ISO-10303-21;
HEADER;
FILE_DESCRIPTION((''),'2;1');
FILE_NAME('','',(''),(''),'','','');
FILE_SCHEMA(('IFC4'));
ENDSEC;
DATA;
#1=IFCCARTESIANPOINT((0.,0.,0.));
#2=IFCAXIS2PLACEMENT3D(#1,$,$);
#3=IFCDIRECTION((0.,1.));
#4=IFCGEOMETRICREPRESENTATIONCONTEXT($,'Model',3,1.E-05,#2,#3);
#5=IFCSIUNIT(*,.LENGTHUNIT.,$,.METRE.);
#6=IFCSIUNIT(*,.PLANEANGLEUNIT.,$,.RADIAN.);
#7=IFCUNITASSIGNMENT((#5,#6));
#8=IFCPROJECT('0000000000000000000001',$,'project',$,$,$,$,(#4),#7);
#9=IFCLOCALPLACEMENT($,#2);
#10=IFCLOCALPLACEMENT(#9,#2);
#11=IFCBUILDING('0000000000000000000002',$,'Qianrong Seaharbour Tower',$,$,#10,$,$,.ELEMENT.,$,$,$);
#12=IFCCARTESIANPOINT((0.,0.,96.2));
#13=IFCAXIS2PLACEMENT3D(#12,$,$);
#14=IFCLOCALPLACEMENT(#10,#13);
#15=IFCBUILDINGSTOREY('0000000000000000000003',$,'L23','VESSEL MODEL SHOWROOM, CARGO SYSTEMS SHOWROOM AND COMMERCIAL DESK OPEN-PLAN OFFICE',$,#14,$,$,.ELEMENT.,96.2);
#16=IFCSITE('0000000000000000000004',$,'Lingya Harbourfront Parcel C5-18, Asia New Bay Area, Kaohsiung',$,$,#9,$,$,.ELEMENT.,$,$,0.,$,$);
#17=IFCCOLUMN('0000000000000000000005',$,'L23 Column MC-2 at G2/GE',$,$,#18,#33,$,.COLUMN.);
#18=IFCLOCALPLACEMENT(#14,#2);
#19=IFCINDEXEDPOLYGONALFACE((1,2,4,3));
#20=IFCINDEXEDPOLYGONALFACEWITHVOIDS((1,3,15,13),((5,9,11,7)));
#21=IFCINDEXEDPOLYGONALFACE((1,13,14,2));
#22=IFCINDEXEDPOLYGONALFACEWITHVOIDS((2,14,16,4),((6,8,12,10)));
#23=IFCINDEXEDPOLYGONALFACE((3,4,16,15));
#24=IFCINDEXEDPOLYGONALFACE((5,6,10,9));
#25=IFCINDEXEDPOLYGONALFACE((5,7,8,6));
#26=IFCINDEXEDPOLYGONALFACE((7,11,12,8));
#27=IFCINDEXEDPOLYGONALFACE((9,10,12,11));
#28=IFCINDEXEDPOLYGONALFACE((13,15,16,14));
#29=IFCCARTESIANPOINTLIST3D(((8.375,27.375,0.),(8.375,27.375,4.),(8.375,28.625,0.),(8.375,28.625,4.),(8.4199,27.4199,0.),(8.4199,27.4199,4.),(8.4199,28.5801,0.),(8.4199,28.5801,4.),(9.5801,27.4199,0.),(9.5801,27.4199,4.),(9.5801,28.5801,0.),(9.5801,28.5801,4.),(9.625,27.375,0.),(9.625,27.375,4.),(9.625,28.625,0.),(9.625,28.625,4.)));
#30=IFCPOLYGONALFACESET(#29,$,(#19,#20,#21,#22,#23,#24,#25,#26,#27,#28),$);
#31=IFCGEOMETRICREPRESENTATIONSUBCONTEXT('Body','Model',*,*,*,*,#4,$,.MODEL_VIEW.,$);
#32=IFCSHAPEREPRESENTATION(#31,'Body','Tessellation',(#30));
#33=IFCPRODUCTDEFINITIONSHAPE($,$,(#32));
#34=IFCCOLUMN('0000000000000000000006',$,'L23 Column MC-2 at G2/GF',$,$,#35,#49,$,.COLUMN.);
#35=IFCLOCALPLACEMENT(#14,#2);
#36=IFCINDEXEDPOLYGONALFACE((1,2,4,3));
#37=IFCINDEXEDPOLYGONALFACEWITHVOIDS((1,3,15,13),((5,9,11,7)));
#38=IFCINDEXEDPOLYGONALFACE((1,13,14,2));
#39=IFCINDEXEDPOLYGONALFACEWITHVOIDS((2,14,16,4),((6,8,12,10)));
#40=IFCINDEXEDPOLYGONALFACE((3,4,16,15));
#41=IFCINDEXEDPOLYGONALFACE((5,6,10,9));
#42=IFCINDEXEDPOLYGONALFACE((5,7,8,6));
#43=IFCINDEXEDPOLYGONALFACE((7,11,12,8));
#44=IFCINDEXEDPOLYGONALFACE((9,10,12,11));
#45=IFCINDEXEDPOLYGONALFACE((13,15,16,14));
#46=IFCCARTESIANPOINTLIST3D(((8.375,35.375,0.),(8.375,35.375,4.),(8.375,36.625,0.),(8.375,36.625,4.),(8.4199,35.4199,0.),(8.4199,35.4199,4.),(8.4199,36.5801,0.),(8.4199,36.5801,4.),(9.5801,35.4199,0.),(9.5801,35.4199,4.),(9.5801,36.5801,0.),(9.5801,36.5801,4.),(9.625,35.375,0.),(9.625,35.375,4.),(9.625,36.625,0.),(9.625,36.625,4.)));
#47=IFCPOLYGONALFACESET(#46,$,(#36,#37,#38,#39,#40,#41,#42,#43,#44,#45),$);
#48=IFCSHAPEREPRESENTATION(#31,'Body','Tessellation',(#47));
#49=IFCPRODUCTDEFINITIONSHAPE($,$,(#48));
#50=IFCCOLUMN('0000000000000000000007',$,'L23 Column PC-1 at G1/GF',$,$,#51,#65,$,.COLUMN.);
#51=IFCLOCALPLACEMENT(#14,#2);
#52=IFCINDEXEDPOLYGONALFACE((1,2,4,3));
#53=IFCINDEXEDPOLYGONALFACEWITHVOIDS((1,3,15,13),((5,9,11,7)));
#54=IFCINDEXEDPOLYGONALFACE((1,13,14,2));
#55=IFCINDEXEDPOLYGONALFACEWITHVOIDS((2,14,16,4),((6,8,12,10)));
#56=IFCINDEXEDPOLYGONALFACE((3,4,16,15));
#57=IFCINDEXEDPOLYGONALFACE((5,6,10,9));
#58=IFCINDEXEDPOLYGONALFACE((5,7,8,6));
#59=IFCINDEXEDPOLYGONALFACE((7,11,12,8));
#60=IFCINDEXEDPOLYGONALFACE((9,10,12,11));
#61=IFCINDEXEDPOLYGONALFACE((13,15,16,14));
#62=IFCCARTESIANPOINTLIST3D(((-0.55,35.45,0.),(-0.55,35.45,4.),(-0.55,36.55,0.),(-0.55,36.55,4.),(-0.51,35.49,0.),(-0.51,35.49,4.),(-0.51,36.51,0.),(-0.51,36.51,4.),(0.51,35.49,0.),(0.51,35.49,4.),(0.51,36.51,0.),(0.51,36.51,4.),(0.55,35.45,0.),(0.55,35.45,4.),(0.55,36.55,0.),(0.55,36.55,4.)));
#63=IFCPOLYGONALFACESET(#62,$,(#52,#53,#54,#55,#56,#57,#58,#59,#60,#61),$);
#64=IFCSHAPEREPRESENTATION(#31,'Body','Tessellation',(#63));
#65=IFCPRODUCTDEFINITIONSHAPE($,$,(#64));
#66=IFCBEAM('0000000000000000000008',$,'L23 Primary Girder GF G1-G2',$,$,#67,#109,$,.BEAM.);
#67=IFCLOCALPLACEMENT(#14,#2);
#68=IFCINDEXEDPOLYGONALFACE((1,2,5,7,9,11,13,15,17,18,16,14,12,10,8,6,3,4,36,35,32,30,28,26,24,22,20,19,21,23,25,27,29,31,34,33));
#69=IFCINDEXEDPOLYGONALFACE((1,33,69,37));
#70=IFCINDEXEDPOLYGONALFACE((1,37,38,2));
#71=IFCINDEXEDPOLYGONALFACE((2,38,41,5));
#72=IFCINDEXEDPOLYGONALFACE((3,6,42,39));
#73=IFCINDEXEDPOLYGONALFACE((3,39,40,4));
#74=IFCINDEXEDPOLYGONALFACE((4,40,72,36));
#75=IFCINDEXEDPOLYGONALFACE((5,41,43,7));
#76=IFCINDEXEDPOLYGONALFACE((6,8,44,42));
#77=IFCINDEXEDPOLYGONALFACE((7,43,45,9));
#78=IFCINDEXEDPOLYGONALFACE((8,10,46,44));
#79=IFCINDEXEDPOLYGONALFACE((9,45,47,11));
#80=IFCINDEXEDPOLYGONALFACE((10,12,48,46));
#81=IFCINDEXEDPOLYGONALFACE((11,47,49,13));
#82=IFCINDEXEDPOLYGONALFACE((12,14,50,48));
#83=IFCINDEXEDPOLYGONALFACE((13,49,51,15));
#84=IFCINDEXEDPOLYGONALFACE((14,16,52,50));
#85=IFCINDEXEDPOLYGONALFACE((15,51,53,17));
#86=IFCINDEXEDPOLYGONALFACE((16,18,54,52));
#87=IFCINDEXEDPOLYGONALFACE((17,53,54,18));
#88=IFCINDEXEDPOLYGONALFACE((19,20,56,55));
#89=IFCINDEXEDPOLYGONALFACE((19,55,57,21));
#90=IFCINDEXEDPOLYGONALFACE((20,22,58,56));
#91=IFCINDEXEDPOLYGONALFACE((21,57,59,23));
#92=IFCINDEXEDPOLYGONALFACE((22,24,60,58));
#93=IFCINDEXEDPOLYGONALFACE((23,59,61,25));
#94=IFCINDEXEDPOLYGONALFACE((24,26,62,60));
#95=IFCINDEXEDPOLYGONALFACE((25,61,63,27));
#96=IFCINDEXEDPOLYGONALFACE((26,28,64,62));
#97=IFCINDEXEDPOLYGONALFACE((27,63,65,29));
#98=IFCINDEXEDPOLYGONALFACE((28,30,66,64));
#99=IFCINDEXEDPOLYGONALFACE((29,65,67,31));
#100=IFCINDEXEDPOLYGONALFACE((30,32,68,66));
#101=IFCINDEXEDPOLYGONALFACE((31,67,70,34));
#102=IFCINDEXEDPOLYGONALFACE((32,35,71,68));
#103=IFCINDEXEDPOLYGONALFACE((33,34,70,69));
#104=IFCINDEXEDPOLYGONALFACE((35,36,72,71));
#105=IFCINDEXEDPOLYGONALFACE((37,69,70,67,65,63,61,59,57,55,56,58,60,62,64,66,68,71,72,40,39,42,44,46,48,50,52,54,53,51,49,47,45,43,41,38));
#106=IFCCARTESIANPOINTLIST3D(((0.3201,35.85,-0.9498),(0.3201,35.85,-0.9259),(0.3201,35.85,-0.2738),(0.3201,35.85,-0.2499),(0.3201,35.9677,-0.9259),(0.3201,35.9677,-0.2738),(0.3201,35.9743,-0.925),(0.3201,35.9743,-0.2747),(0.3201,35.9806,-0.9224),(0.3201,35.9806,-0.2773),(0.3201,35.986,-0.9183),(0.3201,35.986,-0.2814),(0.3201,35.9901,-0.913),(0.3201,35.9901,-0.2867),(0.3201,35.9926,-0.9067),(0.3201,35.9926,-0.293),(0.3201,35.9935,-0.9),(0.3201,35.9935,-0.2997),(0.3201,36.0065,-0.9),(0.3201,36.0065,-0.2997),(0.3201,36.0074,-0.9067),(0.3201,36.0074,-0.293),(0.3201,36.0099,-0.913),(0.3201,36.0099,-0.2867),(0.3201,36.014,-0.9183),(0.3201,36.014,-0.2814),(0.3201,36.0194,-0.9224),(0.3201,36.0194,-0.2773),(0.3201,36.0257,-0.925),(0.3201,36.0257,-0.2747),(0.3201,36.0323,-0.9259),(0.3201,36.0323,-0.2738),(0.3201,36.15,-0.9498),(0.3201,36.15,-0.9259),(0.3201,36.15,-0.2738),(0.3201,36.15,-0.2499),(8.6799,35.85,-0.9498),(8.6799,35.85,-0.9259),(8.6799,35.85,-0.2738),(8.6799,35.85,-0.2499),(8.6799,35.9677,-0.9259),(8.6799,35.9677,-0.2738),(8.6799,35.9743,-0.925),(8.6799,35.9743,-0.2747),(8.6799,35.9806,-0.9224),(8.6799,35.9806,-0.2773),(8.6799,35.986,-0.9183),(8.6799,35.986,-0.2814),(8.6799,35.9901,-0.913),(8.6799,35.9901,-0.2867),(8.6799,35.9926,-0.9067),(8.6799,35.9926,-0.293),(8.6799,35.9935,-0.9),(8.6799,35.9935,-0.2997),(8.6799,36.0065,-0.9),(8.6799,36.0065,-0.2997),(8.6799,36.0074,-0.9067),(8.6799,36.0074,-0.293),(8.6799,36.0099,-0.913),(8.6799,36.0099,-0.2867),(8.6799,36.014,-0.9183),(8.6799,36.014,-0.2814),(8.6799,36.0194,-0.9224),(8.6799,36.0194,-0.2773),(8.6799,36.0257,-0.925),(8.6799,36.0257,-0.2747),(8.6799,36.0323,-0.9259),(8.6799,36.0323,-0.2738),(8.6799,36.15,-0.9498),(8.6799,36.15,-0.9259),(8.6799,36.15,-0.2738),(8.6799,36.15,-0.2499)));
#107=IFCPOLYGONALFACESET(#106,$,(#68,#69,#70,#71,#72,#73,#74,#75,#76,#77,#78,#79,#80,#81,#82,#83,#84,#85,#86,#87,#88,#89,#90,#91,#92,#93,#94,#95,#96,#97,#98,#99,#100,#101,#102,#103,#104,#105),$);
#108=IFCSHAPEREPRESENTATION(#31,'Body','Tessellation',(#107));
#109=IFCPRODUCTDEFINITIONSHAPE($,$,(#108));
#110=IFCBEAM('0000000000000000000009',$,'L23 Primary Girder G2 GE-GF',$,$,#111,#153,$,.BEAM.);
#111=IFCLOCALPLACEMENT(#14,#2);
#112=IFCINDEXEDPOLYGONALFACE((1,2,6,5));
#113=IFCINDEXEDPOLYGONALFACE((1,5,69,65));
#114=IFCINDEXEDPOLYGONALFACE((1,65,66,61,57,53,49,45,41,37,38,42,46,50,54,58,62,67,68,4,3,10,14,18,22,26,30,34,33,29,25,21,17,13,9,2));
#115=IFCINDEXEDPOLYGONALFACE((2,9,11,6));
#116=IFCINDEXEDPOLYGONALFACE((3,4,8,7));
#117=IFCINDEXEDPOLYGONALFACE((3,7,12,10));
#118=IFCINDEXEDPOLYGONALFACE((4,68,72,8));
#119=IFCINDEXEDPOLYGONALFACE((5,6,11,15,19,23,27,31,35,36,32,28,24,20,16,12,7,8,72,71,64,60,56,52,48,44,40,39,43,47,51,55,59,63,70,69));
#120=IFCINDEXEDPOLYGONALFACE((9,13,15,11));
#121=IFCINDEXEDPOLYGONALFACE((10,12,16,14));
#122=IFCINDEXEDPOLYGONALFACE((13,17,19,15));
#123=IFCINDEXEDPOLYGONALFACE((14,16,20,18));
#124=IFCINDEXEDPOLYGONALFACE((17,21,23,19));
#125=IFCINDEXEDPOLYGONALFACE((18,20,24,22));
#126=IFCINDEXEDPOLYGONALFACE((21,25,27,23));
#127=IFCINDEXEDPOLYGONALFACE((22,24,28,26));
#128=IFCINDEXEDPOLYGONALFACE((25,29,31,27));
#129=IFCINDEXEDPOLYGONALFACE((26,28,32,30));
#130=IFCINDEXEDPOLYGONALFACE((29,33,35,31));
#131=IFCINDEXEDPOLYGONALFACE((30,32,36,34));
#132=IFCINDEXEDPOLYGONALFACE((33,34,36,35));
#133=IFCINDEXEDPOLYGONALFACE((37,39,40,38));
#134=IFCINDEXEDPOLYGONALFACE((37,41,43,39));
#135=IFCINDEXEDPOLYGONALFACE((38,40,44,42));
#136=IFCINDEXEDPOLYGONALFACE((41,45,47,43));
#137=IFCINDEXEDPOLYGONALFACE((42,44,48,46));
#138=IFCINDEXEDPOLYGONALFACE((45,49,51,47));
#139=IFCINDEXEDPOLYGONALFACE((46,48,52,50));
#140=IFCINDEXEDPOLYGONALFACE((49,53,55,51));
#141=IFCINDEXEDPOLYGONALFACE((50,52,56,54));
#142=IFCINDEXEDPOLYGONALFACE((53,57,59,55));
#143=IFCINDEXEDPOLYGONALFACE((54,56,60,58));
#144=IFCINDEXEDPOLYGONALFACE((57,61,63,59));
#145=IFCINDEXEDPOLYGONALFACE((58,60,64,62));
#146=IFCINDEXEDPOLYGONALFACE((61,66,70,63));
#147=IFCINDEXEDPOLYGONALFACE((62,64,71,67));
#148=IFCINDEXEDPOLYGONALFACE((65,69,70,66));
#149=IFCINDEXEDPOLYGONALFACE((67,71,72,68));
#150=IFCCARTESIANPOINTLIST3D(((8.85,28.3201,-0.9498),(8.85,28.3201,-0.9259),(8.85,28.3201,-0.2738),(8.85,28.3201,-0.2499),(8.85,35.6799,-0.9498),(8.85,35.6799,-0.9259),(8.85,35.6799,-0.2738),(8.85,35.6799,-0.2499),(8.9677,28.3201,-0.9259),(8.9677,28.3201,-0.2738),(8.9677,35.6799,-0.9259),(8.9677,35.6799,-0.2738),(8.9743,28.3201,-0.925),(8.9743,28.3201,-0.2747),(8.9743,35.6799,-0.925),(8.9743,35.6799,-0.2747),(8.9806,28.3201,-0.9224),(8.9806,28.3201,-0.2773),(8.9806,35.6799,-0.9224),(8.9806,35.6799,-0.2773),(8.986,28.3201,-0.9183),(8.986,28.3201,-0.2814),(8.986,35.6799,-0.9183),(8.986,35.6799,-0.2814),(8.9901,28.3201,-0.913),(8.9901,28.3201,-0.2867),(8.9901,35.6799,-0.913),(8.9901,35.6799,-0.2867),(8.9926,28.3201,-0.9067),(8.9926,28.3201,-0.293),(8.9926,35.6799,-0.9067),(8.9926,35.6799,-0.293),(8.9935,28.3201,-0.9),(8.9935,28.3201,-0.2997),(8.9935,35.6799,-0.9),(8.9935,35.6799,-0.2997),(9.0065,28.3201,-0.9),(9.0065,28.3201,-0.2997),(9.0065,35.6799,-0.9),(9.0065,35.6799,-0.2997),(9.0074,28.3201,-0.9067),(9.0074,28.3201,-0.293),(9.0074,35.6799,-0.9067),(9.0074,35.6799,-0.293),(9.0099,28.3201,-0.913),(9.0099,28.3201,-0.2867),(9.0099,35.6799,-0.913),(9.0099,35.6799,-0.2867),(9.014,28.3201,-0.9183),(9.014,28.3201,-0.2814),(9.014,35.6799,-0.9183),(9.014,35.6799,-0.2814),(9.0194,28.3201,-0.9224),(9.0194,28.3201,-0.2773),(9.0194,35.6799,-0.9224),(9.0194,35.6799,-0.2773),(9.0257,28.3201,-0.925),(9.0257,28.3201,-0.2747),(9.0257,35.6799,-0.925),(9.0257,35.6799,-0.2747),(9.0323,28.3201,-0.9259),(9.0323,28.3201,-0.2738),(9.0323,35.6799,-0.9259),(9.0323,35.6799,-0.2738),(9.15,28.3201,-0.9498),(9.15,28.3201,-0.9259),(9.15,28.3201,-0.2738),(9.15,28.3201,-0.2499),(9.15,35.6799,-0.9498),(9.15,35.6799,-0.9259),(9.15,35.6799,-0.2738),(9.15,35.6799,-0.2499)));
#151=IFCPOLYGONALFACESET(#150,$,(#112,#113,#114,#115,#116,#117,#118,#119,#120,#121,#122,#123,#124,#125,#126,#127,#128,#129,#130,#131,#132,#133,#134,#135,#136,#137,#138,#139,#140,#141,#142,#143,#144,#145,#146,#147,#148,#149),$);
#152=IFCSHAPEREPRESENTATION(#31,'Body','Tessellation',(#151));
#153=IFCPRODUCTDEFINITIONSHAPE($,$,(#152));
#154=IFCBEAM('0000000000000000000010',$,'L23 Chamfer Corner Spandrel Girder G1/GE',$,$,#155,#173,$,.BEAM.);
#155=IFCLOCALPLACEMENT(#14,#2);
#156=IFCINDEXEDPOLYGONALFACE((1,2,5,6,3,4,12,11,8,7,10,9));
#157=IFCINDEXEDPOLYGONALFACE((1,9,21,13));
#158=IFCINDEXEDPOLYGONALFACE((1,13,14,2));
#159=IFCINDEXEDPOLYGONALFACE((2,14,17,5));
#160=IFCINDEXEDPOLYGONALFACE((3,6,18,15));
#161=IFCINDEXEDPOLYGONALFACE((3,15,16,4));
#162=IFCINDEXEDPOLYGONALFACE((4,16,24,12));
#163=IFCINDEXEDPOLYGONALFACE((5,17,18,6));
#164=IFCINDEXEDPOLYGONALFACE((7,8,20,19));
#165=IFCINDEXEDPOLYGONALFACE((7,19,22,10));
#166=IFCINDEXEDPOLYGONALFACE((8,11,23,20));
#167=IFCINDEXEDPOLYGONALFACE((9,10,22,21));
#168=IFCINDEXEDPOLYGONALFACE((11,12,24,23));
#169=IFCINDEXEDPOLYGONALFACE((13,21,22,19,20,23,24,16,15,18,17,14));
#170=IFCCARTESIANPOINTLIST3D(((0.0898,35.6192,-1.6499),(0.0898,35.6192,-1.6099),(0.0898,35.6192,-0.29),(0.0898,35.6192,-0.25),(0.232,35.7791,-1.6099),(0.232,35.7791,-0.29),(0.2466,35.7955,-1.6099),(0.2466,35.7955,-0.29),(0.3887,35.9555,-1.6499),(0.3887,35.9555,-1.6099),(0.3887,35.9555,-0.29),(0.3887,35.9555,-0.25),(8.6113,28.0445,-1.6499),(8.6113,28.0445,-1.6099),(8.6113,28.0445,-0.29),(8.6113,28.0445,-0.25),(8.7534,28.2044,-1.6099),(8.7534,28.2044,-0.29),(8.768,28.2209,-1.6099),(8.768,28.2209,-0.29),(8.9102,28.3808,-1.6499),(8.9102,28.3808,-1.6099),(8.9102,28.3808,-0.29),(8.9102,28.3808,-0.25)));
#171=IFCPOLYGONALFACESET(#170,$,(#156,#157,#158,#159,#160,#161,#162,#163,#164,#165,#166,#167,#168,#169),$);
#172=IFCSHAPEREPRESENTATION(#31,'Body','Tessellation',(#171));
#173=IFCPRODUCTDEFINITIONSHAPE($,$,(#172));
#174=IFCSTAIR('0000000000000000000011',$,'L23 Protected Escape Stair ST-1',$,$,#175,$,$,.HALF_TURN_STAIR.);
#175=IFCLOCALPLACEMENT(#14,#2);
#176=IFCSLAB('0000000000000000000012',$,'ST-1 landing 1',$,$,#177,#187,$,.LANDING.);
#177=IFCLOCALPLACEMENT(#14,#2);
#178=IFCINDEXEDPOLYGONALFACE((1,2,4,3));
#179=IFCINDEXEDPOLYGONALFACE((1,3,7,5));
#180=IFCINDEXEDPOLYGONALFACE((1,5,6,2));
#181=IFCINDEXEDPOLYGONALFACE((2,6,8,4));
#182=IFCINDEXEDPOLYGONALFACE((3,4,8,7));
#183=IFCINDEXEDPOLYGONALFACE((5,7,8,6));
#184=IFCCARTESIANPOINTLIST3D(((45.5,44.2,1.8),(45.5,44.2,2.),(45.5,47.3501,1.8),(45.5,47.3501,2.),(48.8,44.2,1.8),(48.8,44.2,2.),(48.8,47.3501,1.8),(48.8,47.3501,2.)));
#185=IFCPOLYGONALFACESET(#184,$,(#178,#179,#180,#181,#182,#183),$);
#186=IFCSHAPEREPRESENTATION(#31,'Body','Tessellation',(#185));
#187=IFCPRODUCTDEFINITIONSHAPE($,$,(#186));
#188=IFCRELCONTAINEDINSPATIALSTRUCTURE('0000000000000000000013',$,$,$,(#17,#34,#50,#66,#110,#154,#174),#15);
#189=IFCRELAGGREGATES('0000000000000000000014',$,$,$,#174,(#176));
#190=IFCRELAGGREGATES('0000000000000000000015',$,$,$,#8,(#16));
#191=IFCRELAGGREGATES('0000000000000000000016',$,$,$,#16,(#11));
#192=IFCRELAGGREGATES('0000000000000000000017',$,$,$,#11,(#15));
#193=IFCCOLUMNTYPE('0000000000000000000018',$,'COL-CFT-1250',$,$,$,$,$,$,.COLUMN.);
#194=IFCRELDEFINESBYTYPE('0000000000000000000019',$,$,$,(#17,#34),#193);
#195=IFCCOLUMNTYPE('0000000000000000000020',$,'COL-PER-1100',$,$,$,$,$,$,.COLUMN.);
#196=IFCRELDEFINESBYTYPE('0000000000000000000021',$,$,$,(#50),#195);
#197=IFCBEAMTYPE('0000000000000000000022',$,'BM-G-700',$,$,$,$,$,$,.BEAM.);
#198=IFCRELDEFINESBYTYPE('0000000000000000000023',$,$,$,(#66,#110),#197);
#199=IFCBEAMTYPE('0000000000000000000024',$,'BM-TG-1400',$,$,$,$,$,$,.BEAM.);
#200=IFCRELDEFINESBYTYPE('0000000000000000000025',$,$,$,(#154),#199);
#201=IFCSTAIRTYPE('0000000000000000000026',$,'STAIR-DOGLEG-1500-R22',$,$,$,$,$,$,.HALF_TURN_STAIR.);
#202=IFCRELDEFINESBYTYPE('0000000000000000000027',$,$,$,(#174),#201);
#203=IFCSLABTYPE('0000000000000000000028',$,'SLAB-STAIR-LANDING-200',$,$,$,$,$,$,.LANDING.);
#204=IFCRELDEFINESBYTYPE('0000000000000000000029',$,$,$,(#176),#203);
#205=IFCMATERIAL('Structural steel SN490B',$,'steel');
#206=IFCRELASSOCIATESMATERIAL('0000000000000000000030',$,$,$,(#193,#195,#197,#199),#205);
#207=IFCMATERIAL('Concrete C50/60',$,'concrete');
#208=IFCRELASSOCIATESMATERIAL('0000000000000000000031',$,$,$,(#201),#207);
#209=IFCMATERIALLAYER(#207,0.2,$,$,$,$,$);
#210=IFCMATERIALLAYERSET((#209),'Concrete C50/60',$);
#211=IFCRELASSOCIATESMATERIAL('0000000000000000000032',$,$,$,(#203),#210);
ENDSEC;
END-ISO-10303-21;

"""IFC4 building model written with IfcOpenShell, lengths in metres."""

from ifc_helpers import new_model, si_unit, direction, frame, origin, origin_2d, place, context, subcontext, project, spatial, polyline, hollow_rectangle, i_section, outline, extrude, material, layer, layer_set, material_profile, profile_set, type_object, element, aggregate, save


model = new_model("IFC4")

# Units and contexts
model_context = context("Model", 3, precision=1e-05, world=origin(), true_north=direction((0.0, 1.0)))
body_context = subcontext(model_context, "Body", "Model", "MODEL_VIEW")
ifc_project = project(units=[si_unit("LENGTHUNIT", "METRE"), si_unit("PLANEANGLEUNIT", "RADIAN")], contexts=[model_context])

# Site, building, storey
site_placement = place(None, origin())
site = spatial("IfcSite", under=ifc_project, at=site_placement, Name="Lingya Harbourfront Parcel C5-18, Asia New Bay Area, Kaohsiung", CompositionType="ELEMENT", RefElevation=0.0)
building_placement = place(site_placement, origin())
building = spatial("IfcBuilding", under=site, at=building_placement, Name="Qianrong Seaharbour Tower", CompositionType="ELEMENT")
storey_placement = place(building_placement, frame((0.0, 0.0, 96.2)))
storey = spatial("IfcBuildingStorey", under=building, at=storey_placement, Name="L23", Description="VESSEL MODEL SHOWROOM, CARGO SYSTEMS SHOWROOM AND COMMERCIAL DESK OPEN-PLAN OFFICE", CompositionType="ELEMENT", Elevation=96.2)

# Columns
ifc_material_1 = material(Name="Structural steel SN490B", Category="steel")
ifc_material_profile_1 = material_profile(ifc_material_1, hollow_rectangle(XDim=1.25, YDim=1.25, WallThickness=0.0449, at=origin_2d()), Name="BOX1250x1250x45")
ifc_profile_set_1 = profile_set([ifc_material_profile_1], Name="Structural steel SN490B")
column_type_1 = type_object("IfcColumnType", Name="COL-CFT-1250", PredefinedType="COLUMN", material=ifc_profile_set_1)
for number, where, z_axis, x_axis, name in (
    (1, (9.0, 28.0, 0.0), (0.0, 0.0, 1.0), (1.0, 0.0, 0.0), "L23 Column MC-2 at G2/GE"),
    (2, (9.0, 36.0, 0.0), (0.0, 0.0, 1.0), (1.0, 0.0, 0.0), "L23 Column MC-2 at G2/GF"),
):
    element("IfcColumn", number, at=place(storey_placement, frame(where, z_axis=z_axis, x_axis=x_axis)), inside=storey, type_object=column_type_1, Name=name, PredefinedType="COLUMN", context=body_context, shape_type="SweptSolid", body=[
        extrude(hollow_rectangle(XDim=1.25, YDim=1.25, WallThickness=0.0449, at=origin_2d()), origin(), (0.0, 0.0, 1.0), 4.0),
    ])
ifc_material_profile_2 = material_profile(ifc_material_1, hollow_rectangle(XDim=1.1001, YDim=1.1001, WallThickness=0.04, at=origin_2d()), Name="BOX1100x1100x40")
ifc_profile_set_2 = profile_set([ifc_material_profile_2], Name="Structural steel SN490B")
column_type_2 = type_object("IfcColumnType", Name="COL-PER-1100", PredefinedType="COLUMN", material=ifc_profile_set_2)
column_placement = place(storey_placement, frame((0.0, 36.0, 0.0), z_axis=(0.0, 0.0, 1.0), x_axis=(1.0, 0.0, 0.0)))
element("IfcColumn", 3, at=column_placement, inside=storey, type_object=column_type_2, Name="L23 Column PC-1 at G1/GF", PredefinedType="COLUMN", context=body_context, shape_type="SweptSolid", body=[
    extrude(hollow_rectangle(XDim=1.1001, YDim=1.1001, WallThickness=0.04, at=origin_2d()), origin(), (0.0, 0.0, 1.0), 4.0),
])

# Beams
ifc_material_profile_3 = material_profile(ifc_material_1, i_section(OverallWidth=0.3, OverallDepth=0.7, WebThickness=0.0129, FlangeThickness=0.0239, FilletRadius=0.0259, at=origin_2d()), Name="H700x300x13x24")
ifc_profile_set_3 = profile_set([ifc_material_profile_3], Name="Structural steel SN490B")
beam_type_1 = type_object("IfcBeamType", Name="BM-G-700", PredefinedType="BEAM", material=ifc_profile_set_3)
beam_1_placement = place(storey_placement, frame((0.3201, 36.0, -0.5999), z_axis=(1.0, 0.0, 0.0), x_axis=(0.0, 1.0, 0.0)))
element("IfcBeam", 4, at=beam_1_placement, inside=storey, type_object=beam_type_1, Name="L23 Primary Girder GF G1-G2", PredefinedType="BEAM", context=body_context, shape_type="SweptSolid", body=[
    extrude(i_section(OverallWidth=0.3, OverallDepth=0.7, WebThickness=0.0129, FlangeThickness=0.0239, FilletRadius=0.0259, at=origin_2d()), origin(), (0.0, 0.0, 1.0), 8.3599),
])
beam_2_placement = place(storey_placement, frame((9.0, 28.3201, -0.5999), z_axis=(0.0, 1.0, 0.0), x_axis=(-1.0, 0.0, 0.0)))
element("IfcBeam", 5, at=beam_2_placement, inside=storey, type_object=beam_type_1, Name="L23 Primary Girder G2 GE-GF", PredefinedType="BEAM", context=body_context, shape_type="SweptSolid", body=[
    extrude(i_section(OverallWidth=0.3, OverallDepth=0.7, WebThickness=0.0129, FlangeThickness=0.0239, FilletRadius=0.0259, at=origin_2d()), origin(), (0.0, 0.0, 1.0), 7.3599),
])
ifc_material_profile_4 = material_profile(ifc_material_1, i_section(OverallWidth=0.45, OverallDepth=1.3999, WebThickness=0.022, FlangeThickness=0.04, at=origin_2d()), Name="BH1400x450x22x40")
ifc_profile_set_4 = profile_set([ifc_material_profile_4], Name="Structural steel SN490B")
beam_type_2 = type_object("IfcBeamType", Name="BM-TG-1400", PredefinedType="BEAM", material=ifc_profile_set_4)
beam_3_placement = place(storey_placement, frame((8.7607, 28.2126, -0.95), z_axis=(-0.747407, 0.664366, 0.0), x_axis=(-0.664366, -0.747407, 0.0)))
element("IfcBeam", 6, at=beam_3_placement, inside=storey, type_object=beam_type_2, Name="L23 Chamfer Corner Spandrel Girder G1/GE", PredefinedType="BEAM", context=body_context, shape_type="SweptSolid", body=[
    extrude(i_section(OverallWidth=0.45, OverallDepth=1.3999, WebThickness=0.022, FlangeThickness=0.04, at=origin_2d()), origin(), (0.0, 0.0, 1.0), 11.4014),
])

# Stair, slab
ifc_material_2 = material(Name="Concrete C50/60", Category="concrete")
stair_type = type_object("IfcStairType", Name="STAIR-DOGLEG-1500-R22", PredefinedType="HALF_TURN_STAIR", material=ifc_material_2)
stair_1_placement = place(storey_placement, origin())
stair_1 = element("IfcStair", 7, at=stair_1_placement, inside=storey, type_object=stair_type, Name="L23 Protected Escape Stair ST-1", PredefinedType="HALF_TURN_STAIR")
ifc_layer_1 = layer(ifc_material_2, 0.2)
ifc_layer_set_1 = layer_set([ifc_layer_1], Name="Concrete C50/60")
slab_type_1 = type_object("IfcSlabType", Name="SLAB-STAIR-LANDING-200", PredefinedType="LANDING", material=ifc_layer_set_1)
slab_1_placement = place(storey_placement, frame((0.0, 0.0, 1.8)))
slab_1 = element("IfcSlab", 8, at=slab_1_placement, type_object=slab_type_1, Name="ST-1 landing 1", PredefinedType="LANDING", context=body_context, shape_type="SweptSolid", body=[
    extrude(outline(polyline([(45.5, 44.2), (48.8, 44.2), (48.8, 47.3501), (45.5, 47.3501), (45.5, 44.2)])), origin(), (0.0, 0.0, 1.0), 0.2),
])
aggregate(stair_1, [slab_1])

save(model, "model.ifc")
